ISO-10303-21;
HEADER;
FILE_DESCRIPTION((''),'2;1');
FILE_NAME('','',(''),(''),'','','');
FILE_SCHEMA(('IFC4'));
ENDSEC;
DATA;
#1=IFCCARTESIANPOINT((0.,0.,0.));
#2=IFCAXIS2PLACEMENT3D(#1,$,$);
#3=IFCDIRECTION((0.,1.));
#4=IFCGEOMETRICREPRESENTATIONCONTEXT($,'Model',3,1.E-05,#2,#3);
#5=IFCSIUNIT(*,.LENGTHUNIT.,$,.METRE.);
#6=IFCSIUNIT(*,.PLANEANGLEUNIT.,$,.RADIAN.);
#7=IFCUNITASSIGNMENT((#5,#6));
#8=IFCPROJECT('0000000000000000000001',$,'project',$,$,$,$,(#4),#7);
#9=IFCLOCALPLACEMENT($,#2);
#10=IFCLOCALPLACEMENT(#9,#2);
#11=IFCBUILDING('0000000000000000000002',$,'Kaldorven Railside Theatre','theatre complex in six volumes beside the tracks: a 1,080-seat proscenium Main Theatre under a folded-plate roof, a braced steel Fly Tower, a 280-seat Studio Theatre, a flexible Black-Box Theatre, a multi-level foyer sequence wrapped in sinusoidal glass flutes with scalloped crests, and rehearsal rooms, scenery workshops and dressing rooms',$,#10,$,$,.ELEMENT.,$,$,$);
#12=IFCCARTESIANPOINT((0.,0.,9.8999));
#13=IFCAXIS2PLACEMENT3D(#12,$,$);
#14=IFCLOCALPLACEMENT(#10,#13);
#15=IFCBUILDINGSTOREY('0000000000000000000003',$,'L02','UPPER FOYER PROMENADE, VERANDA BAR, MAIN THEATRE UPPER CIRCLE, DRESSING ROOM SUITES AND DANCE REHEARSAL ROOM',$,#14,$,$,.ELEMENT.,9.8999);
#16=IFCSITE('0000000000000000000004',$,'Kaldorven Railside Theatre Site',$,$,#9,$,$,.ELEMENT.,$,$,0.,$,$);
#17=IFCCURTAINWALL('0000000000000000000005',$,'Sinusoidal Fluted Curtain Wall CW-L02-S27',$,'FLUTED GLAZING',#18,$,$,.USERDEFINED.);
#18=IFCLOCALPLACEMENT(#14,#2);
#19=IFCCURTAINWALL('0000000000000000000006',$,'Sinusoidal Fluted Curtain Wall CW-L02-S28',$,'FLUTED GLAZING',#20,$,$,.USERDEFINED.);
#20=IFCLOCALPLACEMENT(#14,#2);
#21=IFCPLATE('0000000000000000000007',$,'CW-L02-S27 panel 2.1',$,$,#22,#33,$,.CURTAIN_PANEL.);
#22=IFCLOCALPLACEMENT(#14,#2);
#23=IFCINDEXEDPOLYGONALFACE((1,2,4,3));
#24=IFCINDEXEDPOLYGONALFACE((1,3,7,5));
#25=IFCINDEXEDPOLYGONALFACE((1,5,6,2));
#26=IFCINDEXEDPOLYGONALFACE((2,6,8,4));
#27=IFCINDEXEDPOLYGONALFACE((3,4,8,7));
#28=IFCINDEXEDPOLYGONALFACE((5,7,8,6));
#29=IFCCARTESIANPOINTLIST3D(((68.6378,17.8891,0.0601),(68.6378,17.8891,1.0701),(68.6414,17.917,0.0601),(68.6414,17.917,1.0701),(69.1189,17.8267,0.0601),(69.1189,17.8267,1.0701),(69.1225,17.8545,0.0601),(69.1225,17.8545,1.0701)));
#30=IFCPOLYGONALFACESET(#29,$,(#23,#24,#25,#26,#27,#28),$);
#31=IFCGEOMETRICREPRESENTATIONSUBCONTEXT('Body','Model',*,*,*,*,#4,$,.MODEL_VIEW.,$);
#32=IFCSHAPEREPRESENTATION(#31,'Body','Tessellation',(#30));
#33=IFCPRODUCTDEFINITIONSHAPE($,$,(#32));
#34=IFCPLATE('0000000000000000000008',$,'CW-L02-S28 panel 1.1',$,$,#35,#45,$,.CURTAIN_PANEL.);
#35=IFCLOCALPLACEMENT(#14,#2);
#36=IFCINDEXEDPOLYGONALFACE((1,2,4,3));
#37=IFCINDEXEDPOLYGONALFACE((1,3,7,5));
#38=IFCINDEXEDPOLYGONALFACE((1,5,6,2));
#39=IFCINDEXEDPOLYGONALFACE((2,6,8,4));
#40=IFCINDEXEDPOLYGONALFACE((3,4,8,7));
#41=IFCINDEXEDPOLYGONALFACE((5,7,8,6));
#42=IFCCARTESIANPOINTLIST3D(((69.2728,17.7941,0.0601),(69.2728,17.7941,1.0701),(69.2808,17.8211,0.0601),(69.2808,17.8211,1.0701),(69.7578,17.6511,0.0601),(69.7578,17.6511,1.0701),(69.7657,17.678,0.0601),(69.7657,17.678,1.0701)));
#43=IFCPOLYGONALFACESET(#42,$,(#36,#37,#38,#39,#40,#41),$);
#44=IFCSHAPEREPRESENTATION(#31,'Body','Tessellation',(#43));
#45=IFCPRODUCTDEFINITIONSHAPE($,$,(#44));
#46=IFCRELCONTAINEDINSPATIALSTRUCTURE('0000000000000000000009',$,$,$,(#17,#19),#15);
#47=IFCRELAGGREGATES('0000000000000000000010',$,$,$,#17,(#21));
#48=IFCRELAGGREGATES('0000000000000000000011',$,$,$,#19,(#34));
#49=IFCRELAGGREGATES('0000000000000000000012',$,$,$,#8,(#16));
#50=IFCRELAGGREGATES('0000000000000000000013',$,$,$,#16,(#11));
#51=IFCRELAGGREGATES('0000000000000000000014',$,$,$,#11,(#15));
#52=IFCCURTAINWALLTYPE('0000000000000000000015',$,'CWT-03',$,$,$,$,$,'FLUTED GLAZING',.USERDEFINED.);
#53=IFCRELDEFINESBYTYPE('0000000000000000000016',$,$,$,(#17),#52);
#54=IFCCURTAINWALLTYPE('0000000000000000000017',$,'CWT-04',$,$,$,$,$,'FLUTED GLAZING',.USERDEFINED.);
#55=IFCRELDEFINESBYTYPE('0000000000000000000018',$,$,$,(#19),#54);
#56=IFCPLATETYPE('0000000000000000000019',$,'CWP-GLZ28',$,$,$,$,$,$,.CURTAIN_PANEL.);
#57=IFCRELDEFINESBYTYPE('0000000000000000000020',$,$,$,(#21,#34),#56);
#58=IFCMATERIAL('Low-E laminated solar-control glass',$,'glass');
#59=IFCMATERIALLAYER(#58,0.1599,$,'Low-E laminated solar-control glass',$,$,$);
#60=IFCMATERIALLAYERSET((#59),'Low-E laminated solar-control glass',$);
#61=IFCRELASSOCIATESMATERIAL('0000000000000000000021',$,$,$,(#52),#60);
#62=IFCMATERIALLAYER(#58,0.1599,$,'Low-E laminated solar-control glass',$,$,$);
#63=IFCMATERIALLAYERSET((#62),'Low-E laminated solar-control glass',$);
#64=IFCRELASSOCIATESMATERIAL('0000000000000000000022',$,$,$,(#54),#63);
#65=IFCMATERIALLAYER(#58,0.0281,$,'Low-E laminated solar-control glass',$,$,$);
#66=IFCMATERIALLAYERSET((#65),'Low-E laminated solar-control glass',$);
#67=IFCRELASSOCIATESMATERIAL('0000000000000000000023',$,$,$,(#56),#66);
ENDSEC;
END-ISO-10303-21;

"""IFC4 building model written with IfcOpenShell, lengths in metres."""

from ifc_helpers import new_model, si_unit, direction, frame, origin, origin_2d, place, context, subcontext, project, spatial, rectangle, extrude, material, layer, layer_set, type_object, element, aggregate, save


model = new_model("IFC4")

# Units and contexts
model_context = context("Model", 3, precision=1e-05, world=origin(), true_north=direction((0.0, 1.0)))
body_context = subcontext(model_context, "Body", "Model", "MODEL_VIEW")
ifc_project = project(units=[si_unit("LENGTHUNIT", "METRE"), si_unit("PLANEANGLEUNIT", "RADIAN")], contexts=[model_context])

# Site, building, storey
site_placement = place(None, origin())
site = spatial("IfcSite", under=ifc_project, at=site_placement, Name="Kaldorven Railside Theatre Site", CompositionType="ELEMENT", RefElevation=0.0)
building_placement = place(site_placement, origin())
building = spatial("IfcBuilding", under=site, at=building_placement, Name="Kaldorven Railside Theatre", Description="theatre complex in six volumes beside the tracks: a 1,080-seat proscenium Main Theatre under a folded-plate roof, a braced steel Fly Tower, a 280-seat Studio Theatre, a flexible Black-Box Theatre, a multi-level foyer sequence wrapped in sinusoidal glass flutes with scalloped crests, and rehearsal rooms, scenery workshops and dressing rooms", CompositionType="ELEMENT")
storey_placement = place(building_placement, frame((0.0, 0.0, 9.8999)))
storey = spatial("IfcBuildingStorey", under=building, at=storey_placement, Name="L02", Description="UPPER FOYER PROMENADE, VERANDA BAR, MAIN THEATRE UPPER CIRCLE, DRESSING ROOM SUITES AND DANCE REHEARSAL ROOM", CompositionType="ELEMENT", Elevation=9.8999)

# Shared definitions
ifc_material_1 = material(Name="Low-E laminated solar-control glass", Category="glass")

# Curtain walls
ifc_layer_1 = layer(ifc_material_1, 0.1599, Name="Low-E laminated solar-control glass")
ifc_layer_set_1 = layer_set([ifc_layer_1], Name="Low-E laminated solar-control glass")
curtain_wall_type_1 = type_object("IfcCurtainWallType", Name="CWT-03", ElementType="FLUTED GLAZING", PredefinedType="USERDEFINED", material=ifc_layer_set_1)
curtain_wall_1_placement = place(storey_placement, origin())
curtain_wall_1 = element("IfcCurtainWall", 1, at=curtain_wall_1_placement, inside=storey, type_object=curtain_wall_type_1, Name="Sinusoidal Fluted Curtain Wall CW-L02-S27", ObjectType="FLUTED GLAZING", PredefinedType="USERDEFINED")
ifc_layer_2 = layer(ifc_material_1, 0.1599, Name="Low-E laminated solar-control glass")
ifc_layer_set_2 = layer_set([ifc_layer_2], Name="Low-E laminated solar-control glass")
curtain_wall_type_2 = type_object("IfcCurtainWallType", Name="CWT-04", ElementType="FLUTED GLAZING", PredefinedType="USERDEFINED", material=ifc_layer_set_2)
curtain_wall_2_placement = place(storey_placement, origin())
curtain_wall_2 = element("IfcCurtainWall", 2, at=curtain_wall_2_placement, inside=storey, type_object=curtain_wall_type_2, Name="Sinusoidal Fluted Curtain Wall CW-L02-S28", ObjectType="FLUTED GLAZING", PredefinedType="USERDEFINED")

# Plates
ifc_layer_3 = layer(ifc_material_1, 0.0281, Name="Low-E laminated solar-control glass")
ifc_layer_set_3 = layer_set([ifc_layer_3], Name="Low-E laminated solar-control glass")
plate_type = type_object("IfcPlateType", Name="CWP-GLZ28", PredefinedType="CURTAIN_PANEL", material=ifc_layer_set_3)
plate_1_placement = place(storey_placement, frame((68.8801, 17.8718, 0.0601), z_axis=(0.0, 0.0, 1.0), x_axis=(0.991677, -0.128753, 0.0)))
plate_1 = element("IfcPlate", 3, at=plate_1_placement, type_object=plate_type, Name="CW-L02-S27 panel 2.1", PredefinedType="CURTAIN_PANEL", context=body_context, shape_type="SweptSolid", body=[
    extrude(rectangle(XDim=0.4851, YDim=0.0281, at=origin_2d()), origin(), (0.0, 0.0, 1.0), 1.01),
])
aggregate(curtain_wall_1, [plate_1])
plate_2_placement = place(storey_placement, frame((69.5193, 17.7361, 0.0601), z_axis=(0.0, 0.0, 1.0), x_axis=(0.959158, -0.282872, 0.0)))
plate_2 = element("IfcPlate", 4, at=plate_2_placement, type_object=plate_type, Name="CW-L02-S28 panel 1.1", PredefinedType="CURTAIN_PANEL", context=body_context, shape_type="SweptSolid", body=[
    extrude(rectangle(XDim=0.5056, YDim=0.0281, at=origin_2d()), origin(), (0.0, 0.0, 1.0), 1.01),
])
aggregate(curtain_wall_2, [plate_2])

save(model, "model.ifc")
